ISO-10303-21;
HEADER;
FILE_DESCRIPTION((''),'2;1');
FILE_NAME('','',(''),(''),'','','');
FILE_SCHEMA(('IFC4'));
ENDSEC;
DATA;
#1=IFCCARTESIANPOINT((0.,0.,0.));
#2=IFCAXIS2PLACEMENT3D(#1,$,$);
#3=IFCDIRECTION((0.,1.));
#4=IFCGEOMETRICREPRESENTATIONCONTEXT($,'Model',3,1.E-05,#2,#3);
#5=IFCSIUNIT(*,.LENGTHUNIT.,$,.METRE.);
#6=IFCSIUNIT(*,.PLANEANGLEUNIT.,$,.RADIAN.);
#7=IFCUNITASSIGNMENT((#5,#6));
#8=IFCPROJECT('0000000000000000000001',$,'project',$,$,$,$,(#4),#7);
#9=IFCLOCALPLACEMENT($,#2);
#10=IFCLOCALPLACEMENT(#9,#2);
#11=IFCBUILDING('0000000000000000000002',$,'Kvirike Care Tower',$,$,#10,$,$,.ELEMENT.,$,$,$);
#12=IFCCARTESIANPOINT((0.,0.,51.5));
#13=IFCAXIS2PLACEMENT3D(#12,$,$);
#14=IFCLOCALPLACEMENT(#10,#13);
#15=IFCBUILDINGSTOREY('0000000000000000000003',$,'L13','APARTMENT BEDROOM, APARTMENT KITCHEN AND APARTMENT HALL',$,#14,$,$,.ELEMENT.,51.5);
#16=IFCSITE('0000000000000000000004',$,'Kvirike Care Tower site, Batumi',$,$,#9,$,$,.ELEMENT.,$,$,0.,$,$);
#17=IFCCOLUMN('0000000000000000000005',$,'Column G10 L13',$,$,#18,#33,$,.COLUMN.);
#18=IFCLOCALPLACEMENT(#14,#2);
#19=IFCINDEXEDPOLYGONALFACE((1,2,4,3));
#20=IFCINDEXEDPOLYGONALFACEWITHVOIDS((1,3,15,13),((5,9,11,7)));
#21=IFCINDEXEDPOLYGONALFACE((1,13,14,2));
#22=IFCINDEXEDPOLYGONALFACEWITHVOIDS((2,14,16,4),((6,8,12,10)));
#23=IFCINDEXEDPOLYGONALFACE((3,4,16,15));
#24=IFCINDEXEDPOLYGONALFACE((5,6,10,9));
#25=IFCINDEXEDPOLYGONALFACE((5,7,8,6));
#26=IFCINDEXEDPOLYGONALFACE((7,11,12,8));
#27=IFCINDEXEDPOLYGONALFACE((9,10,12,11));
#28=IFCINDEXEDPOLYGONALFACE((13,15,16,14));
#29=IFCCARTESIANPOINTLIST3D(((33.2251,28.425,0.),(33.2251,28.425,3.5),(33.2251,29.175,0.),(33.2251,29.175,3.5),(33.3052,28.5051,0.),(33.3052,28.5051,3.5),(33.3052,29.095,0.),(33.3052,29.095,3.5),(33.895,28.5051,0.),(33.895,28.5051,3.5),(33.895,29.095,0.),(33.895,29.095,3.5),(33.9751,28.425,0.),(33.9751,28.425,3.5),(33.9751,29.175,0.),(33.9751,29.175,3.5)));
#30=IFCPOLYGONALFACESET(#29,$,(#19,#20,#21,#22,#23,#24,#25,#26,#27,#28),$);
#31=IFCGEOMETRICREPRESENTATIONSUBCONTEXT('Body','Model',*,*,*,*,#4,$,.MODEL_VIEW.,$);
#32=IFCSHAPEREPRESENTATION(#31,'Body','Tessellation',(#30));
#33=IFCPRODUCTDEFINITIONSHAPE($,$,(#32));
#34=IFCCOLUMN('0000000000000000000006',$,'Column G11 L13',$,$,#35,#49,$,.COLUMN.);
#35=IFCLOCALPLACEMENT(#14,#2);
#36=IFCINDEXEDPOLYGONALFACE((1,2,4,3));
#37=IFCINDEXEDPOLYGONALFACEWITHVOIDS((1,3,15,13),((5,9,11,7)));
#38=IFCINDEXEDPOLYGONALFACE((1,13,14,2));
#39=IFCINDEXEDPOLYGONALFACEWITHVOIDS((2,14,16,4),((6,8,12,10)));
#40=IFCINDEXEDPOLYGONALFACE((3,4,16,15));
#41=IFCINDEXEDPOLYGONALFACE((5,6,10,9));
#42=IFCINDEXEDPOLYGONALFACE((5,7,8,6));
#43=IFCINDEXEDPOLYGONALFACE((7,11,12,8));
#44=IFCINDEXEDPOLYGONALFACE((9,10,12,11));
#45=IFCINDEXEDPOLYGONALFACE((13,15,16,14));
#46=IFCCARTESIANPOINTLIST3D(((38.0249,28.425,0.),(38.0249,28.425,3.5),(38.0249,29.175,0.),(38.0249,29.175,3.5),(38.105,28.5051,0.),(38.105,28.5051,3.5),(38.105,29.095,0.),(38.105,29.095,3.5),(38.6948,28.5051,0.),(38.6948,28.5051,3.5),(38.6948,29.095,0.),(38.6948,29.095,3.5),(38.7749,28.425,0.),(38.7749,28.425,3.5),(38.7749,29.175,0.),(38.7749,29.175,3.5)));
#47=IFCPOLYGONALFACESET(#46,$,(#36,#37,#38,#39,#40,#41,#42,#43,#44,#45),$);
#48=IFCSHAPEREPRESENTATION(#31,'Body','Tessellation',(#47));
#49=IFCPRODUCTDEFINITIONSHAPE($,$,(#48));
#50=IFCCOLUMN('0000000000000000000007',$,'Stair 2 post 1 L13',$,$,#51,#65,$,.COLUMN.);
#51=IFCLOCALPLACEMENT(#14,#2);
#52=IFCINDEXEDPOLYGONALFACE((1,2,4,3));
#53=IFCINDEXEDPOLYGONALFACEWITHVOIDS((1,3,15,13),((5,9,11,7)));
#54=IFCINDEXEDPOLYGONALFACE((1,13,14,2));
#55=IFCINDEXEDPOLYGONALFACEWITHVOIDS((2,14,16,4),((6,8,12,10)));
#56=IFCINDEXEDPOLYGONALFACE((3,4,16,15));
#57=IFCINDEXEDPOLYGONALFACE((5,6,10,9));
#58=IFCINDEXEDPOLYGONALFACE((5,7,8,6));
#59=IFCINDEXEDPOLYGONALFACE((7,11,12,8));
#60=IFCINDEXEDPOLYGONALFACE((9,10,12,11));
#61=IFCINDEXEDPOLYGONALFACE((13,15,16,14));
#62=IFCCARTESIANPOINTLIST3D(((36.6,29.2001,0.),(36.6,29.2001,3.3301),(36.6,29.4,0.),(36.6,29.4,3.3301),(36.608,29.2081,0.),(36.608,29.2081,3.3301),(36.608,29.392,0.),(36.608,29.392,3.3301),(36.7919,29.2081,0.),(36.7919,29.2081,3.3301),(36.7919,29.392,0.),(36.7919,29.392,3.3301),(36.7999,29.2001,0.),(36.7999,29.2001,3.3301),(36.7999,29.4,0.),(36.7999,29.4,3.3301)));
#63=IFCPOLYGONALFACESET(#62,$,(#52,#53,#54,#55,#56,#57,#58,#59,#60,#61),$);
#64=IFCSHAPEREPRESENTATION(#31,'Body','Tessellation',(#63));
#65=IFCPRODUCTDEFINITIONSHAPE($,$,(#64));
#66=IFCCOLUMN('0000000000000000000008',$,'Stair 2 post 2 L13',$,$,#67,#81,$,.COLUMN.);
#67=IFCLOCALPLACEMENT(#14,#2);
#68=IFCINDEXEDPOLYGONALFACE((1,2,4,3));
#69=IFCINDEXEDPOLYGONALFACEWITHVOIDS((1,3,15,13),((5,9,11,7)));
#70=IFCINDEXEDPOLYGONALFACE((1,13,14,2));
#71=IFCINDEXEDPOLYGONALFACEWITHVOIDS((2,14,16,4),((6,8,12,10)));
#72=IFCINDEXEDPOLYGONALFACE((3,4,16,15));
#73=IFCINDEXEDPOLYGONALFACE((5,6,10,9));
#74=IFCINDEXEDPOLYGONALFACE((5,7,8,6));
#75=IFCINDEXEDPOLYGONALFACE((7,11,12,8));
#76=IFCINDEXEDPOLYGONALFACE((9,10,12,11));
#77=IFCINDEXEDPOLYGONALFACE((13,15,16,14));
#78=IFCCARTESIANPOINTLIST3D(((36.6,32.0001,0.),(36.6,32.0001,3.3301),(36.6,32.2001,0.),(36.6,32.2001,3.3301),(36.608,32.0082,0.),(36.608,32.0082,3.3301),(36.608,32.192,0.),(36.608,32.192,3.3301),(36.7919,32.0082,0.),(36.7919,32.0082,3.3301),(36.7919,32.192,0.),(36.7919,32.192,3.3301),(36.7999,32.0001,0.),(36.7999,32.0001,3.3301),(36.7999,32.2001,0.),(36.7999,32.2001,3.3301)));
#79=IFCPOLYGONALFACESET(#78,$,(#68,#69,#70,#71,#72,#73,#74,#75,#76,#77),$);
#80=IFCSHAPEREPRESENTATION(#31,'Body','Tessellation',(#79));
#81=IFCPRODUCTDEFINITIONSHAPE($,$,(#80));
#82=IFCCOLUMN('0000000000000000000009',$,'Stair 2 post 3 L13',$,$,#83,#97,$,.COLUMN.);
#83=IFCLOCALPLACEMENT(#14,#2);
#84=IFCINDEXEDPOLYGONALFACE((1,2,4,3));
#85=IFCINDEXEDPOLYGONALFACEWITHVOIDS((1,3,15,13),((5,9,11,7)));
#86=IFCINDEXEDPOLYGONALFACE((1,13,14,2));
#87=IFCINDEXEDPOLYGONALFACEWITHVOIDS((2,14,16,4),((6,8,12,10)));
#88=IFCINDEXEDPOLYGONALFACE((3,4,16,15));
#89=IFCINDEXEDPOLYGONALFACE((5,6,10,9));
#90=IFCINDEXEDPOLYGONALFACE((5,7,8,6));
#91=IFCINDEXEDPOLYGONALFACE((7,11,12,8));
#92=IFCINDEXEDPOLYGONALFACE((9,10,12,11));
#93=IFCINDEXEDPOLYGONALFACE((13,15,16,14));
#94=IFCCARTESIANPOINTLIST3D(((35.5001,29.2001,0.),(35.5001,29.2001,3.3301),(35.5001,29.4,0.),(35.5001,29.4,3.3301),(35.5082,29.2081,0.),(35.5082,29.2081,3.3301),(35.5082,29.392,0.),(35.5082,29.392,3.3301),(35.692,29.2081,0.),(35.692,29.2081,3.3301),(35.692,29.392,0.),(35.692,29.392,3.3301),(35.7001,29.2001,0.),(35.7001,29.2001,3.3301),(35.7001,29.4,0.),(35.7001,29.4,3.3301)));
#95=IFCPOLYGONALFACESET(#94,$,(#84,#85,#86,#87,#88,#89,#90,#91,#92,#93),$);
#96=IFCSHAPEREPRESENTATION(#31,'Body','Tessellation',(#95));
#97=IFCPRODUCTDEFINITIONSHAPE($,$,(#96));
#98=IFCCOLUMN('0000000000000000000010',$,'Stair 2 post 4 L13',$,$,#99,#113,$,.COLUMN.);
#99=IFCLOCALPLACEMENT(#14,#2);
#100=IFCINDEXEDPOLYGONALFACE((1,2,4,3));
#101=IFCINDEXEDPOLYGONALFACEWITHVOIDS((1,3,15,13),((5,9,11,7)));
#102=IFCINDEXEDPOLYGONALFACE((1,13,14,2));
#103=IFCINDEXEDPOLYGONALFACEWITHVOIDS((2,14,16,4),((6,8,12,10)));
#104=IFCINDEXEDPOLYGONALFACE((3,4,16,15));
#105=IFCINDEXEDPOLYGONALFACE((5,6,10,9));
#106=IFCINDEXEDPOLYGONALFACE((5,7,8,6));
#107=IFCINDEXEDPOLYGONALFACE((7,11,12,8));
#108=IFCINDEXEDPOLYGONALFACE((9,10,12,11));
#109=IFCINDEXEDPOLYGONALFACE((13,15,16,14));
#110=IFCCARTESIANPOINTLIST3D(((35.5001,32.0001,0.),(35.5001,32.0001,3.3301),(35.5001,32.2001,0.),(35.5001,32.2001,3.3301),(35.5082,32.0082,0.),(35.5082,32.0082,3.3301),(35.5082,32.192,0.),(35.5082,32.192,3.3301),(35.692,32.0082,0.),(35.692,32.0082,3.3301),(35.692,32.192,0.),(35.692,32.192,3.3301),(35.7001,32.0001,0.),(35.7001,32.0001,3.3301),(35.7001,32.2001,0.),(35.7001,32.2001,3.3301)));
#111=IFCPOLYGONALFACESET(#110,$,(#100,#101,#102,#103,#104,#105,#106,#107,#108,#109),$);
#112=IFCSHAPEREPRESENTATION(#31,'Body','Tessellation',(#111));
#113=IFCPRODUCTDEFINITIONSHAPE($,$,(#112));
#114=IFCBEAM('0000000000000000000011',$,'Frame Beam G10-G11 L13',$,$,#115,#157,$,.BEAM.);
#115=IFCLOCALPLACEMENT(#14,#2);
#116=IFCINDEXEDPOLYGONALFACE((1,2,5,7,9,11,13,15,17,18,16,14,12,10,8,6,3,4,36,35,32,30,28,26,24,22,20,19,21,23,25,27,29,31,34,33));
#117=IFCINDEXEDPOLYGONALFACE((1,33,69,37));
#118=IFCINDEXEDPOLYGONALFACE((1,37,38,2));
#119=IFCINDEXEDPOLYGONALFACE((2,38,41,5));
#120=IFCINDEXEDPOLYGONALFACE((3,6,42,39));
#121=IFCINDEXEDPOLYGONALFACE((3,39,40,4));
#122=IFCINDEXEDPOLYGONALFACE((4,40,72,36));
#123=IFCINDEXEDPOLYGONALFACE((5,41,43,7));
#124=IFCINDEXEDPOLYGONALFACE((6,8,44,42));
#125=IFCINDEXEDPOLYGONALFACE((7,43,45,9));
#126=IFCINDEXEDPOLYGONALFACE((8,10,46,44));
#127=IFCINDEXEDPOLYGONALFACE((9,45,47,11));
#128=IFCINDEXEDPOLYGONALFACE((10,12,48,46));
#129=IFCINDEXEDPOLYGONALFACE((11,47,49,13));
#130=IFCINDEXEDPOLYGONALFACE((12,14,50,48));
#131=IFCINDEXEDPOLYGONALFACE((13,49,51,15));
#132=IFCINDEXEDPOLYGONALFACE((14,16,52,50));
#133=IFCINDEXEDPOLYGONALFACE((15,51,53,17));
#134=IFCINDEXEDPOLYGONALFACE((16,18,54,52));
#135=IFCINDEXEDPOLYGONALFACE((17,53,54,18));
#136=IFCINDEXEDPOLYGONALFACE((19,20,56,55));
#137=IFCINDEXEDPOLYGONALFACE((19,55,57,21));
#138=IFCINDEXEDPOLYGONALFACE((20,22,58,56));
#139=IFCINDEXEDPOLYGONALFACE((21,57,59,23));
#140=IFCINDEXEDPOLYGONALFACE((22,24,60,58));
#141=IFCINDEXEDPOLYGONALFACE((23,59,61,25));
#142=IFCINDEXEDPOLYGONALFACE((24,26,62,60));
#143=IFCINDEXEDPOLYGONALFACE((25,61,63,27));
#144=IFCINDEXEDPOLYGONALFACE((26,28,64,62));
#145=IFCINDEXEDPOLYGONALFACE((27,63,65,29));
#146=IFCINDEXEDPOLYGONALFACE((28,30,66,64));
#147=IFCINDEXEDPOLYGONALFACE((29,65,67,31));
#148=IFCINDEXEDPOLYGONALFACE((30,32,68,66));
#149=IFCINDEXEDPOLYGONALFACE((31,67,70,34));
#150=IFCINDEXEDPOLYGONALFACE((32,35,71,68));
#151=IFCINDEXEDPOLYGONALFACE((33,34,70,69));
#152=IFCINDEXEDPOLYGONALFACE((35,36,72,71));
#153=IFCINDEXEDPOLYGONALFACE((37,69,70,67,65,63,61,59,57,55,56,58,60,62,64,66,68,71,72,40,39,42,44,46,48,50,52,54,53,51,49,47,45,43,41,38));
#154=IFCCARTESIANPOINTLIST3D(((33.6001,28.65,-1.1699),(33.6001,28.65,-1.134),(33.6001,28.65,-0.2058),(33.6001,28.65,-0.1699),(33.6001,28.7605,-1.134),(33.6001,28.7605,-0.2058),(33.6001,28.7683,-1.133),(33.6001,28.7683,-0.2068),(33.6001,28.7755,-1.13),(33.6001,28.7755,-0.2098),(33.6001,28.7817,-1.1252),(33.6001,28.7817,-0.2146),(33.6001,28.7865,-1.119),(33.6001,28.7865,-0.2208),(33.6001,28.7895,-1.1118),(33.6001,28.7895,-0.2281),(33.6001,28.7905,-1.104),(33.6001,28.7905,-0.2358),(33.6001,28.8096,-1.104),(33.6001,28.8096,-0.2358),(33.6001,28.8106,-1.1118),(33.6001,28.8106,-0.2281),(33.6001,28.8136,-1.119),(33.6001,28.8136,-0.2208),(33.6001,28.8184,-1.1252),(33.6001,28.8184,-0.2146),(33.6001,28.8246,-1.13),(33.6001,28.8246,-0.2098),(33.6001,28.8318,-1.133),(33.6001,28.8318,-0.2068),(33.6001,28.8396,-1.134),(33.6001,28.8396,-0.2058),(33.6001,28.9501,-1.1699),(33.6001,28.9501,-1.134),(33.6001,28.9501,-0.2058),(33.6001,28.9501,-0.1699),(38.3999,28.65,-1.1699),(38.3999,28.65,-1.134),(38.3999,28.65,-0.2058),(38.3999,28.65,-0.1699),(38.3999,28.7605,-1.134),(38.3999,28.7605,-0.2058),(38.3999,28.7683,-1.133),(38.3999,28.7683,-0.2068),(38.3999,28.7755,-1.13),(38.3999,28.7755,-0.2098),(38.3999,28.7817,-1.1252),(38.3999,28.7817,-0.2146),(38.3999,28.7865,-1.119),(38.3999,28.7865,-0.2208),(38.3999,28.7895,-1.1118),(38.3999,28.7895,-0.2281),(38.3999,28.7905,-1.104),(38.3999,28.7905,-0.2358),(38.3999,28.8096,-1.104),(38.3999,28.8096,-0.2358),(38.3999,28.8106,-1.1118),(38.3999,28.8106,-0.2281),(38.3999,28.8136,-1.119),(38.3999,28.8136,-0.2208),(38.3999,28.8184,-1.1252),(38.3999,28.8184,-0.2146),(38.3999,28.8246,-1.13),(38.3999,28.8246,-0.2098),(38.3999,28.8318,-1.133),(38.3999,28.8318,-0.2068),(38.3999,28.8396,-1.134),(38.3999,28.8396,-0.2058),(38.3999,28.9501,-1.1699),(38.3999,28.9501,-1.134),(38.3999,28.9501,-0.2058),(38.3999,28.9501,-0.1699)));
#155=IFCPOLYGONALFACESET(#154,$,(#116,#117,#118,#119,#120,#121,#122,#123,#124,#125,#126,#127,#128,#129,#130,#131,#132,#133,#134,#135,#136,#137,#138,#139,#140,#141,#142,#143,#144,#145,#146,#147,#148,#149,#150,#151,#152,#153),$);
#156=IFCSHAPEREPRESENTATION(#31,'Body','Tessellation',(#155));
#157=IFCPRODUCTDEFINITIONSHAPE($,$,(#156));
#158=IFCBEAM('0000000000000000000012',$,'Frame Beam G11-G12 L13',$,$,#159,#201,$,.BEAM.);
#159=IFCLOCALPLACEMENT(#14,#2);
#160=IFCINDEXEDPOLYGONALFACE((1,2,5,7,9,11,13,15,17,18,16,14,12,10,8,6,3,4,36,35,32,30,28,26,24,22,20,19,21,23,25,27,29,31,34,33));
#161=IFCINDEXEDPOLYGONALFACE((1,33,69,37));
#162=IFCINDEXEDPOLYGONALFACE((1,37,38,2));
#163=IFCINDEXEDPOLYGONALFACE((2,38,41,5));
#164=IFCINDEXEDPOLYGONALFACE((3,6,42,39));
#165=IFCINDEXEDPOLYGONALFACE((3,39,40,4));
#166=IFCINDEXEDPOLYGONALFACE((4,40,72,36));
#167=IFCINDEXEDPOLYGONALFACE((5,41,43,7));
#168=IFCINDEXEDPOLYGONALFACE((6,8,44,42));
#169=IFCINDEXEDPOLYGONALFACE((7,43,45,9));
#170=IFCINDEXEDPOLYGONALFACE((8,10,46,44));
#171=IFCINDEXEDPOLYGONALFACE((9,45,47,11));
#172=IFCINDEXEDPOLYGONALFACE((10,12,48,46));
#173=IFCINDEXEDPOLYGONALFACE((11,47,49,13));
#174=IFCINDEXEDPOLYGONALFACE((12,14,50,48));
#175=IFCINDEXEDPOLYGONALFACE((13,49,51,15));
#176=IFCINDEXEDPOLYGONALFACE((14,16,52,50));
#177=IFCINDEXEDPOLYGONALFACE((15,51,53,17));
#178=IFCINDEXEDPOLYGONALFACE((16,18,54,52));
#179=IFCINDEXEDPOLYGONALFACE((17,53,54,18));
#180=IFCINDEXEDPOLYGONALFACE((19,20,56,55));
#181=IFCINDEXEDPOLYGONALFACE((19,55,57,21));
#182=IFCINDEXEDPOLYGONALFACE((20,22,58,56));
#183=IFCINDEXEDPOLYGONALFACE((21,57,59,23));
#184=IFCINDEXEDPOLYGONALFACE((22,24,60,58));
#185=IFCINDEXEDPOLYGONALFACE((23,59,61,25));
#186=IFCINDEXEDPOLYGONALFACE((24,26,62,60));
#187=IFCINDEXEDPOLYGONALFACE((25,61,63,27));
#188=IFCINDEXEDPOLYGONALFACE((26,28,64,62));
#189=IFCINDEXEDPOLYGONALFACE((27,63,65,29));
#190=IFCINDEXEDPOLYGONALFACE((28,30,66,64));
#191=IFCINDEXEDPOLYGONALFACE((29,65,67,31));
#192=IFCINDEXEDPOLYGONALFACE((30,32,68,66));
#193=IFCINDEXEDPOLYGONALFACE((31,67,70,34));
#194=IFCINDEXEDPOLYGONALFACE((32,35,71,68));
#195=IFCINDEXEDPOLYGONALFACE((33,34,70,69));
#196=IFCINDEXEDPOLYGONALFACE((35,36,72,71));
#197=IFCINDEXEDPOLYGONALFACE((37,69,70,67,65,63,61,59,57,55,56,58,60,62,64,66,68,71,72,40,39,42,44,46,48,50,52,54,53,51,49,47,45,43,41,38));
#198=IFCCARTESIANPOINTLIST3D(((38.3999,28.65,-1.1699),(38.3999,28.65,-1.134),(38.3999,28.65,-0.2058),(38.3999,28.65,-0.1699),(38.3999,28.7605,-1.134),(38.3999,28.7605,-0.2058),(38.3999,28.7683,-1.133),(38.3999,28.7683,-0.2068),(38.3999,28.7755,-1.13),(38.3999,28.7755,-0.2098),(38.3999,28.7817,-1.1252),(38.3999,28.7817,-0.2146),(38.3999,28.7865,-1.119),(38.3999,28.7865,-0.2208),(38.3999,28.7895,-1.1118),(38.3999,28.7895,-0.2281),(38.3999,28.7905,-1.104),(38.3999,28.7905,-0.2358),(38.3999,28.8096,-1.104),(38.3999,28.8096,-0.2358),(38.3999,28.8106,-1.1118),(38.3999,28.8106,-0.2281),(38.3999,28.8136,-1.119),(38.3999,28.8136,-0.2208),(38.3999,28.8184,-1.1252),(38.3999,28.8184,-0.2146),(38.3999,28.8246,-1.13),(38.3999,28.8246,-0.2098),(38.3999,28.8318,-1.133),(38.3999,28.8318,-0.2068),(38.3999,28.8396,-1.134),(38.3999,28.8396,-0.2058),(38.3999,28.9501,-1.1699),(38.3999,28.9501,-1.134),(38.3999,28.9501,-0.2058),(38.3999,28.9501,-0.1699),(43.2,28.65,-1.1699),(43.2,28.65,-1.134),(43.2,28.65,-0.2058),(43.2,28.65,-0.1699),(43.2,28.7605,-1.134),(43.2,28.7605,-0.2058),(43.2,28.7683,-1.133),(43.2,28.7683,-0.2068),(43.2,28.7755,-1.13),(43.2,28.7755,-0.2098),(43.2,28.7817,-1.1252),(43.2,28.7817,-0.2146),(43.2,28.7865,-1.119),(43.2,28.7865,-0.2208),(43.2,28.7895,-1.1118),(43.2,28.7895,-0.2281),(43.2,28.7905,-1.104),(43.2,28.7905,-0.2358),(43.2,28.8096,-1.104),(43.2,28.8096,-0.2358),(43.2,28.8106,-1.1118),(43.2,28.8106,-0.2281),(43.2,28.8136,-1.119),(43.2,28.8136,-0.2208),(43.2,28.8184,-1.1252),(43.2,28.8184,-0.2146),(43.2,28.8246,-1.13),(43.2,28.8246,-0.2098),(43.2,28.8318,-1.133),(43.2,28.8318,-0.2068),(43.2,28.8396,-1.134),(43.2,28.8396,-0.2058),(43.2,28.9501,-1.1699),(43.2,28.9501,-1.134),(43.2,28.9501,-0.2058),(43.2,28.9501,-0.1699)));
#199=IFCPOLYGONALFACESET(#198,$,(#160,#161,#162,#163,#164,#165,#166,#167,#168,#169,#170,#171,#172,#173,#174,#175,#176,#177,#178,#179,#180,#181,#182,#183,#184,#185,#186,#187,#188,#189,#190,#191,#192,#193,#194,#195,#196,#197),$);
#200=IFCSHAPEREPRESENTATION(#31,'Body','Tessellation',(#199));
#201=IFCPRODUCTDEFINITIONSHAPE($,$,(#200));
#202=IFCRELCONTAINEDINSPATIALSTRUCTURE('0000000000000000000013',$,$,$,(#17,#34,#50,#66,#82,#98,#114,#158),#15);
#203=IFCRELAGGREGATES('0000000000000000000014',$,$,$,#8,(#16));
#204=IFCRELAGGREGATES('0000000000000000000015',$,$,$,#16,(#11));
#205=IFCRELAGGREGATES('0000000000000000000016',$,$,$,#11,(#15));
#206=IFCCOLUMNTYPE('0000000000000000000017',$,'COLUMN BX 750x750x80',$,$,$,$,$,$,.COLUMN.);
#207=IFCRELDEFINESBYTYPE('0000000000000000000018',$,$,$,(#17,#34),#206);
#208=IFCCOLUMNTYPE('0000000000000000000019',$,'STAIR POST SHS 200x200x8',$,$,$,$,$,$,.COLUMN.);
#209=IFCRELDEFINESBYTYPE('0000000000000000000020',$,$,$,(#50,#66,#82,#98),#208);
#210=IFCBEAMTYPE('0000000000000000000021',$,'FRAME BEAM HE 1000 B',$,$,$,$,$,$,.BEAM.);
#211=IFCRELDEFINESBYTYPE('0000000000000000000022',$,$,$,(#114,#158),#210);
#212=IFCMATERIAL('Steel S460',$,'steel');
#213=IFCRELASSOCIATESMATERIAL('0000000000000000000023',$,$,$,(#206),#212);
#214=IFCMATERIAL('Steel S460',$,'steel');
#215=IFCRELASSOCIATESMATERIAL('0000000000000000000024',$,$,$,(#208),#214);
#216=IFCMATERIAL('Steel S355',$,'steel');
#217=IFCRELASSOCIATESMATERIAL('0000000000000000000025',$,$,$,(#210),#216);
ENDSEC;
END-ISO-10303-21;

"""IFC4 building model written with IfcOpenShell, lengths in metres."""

from ifc_helpers import new_model, si_unit, direction, frame, origin, origin_2d, place, context, subcontext, project, spatial, hollow_rectangle, i_section, extrude, material, material_profile, profile_set, type_object, element, save


model = new_model("IFC4")

# Units and contexts
model_context = context("Model", 3, precision=1e-05, world=origin(), true_north=direction((0.0, 1.0)))
body_context = subcontext(model_context, "Body", "Model", "MODEL_VIEW")
ifc_project = project(units=[si_unit("LENGTHUNIT", "METRE"), si_unit("PLANEANGLEUNIT", "RADIAN")], contexts=[model_context])

# Site, building, storey
site_placement = place(None, origin())
site = spatial("IfcSite", under=ifc_project, at=site_placement, Name="Kvirike Care Tower site, Batumi", CompositionType="ELEMENT", RefElevation=0.0)
building_placement = place(site_placement, origin())
building = spatial("IfcBuilding", under=site, at=building_placement, Name="Kvirike Care Tower", CompositionType="ELEMENT")
storey_placement = place(building_placement, frame((0.0, 0.0, 51.5)))
storey = spatial("IfcBuildingStorey", under=building, at=storey_placement, Name="L13", Description="APARTMENT BEDROOM, APARTMENT KITCHEN AND APARTMENT HALL", CompositionType="ELEMENT", Elevation=51.5)

# Columns
ifc_material_1 = material(Name="Steel S460", Category="steel")
ifc_material_profile_1 = material_profile(ifc_material_1, hollow_rectangle(XDim=0.75, YDim=0.75, WallThickness=0.0801, at=origin_2d()), Name="BX 750x750x80")
ifc_profile_set_1 = profile_set([ifc_material_profile_1], Name="Steel S460")
column_type_1 = type_object("IfcColumnType", Name="COLUMN BX 750x750x80", PredefinedType="COLUMN", material=ifc_profile_set_1)
for number, where, z_axis, x_axis, name in (
    (1, (33.6001, 28.8, 0.0), (0.0, 0.0, 1.0), (0.0, 1.0, 0.0), "Column G10 L13"),
    (2, (38.3999, 28.8, 0.0), (0.0, 0.0, 1.0), (0.0, 1.0, 0.0), "Column G11 L13"),
):
    element("IfcColumn", number, at=place(storey_placement, frame(where, z_axis=z_axis, x_axis=x_axis)), inside=storey, type_object=column_type_1, Name=name, PredefinedType="COLUMN", context=body_context, shape_type="SweptSolid", body=[
        extrude(hollow_rectangle(XDim=0.75, YDim=0.75, WallThickness=0.0801, at=origin_2d()), origin(), (0.0, 0.0, 1.0), 3.5),
    ])
ifc_material_2 = material(Name="Steel S460", Category="steel")
ifc_material_profile_2 = material_profile(ifc_material_2, hollow_rectangle(XDim=0.2, YDim=0.2, WallThickness=0.0081, at=origin_2d()), Name="SHS 200x200x8")
ifc_profile_set_2 = profile_set([ifc_material_profile_2], Name="Steel S460")
column_type_2 = type_object("IfcColumnType", Name="STAIR POST SHS 200x200x8", PredefinedType="COLUMN", material=ifc_profile_set_2)
for number, where, z_axis, x_axis, name in (
    (3, (36.7, 29.3, 0.0), (0.0, 0.0, 1.0), (1.0, 0.0, 0.0), "Stair 2 post 1 L13"),
    (4, (36.7, 32.1001, 0.0), (0.0, 0.0, 1.0), (1.0, 0.0, 0.0), "Stair 2 post 2 L13"),
    (5, (35.6001, 29.3, 0.0), (0.0, 0.0, 1.0), (1.0, 0.0, 0.0), "Stair 2 post 3 L13"),
    (6, (35.6001, 32.1001, 0.0), (0.0, 0.0, 1.0), (1.0, 0.0, 0.0), "Stair 2 post 4 L13"),
):
    element("IfcColumn", number, at=place(storey_placement, frame(where, z_axis=z_axis, x_axis=x_axis)), inside=storey, type_object=column_type_2, Name=name, PredefinedType="COLUMN", context=body_context, shape_type="SweptSolid", body=[
        extrude(hollow_rectangle(XDim=0.2, YDim=0.2, WallThickness=0.0081, at=origin_2d()), origin(), (0.0, 0.0, 1.0), 3.3301),
    ])

# Beams
ifc_material_3 = material(Name="Steel S355", Category="steel")
ifc_material_profile_3 = material_profile(ifc_material_3, i_section(OverallWidth=0.3, OverallDepth=1.0, WebThickness=0.019, FlangeThickness=0.0359, FilletRadius=0.03, at=origin_2d()), Name="HE 1000 B")
ifc_profile_set_3 = profile_set([ifc_material_profile_3], Name="Steel S355")
beam_type_1 = type_object("IfcBeamType", Name="FRAME BEAM HE 1000 B", PredefinedType="BEAM", material=ifc_profile_set_3)
beam_1_placement = place(storey_placement, frame((33.6001, 28.8, -0.6699), z_axis=(1.0, 0.0, 0.0), x_axis=(0.0, 1.0, 0.0)))
element("IfcBeam", 7, at=beam_1_placement, inside=storey, type_object=beam_type_1, Name="Frame Beam G10-G11 L13", PredefinedType="BEAM", context=body_context, shape_type="SweptSolid", body=[
    extrude(i_section(OverallWidth=0.3, OverallDepth=1.0, WebThickness=0.019, FlangeThickness=0.0359, FilletRadius=0.03, at=origin_2d()), origin(), (0.0, 0.0, 1.0), 4.7998),
])
beam_2_placement = place(storey_placement, frame((38.3999, 28.8, -0.6699), z_axis=(1.0, 0.0, 0.0), x_axis=(0.0, 1.0, 0.0)))
element("IfcBeam", 8, at=beam_2_placement, inside=storey, type_object=beam_type_1, Name="Frame Beam G11-G12 L13", PredefinedType="BEAM", context=body_context, shape_type="SweptSolid", body=[
    extrude(i_section(OverallWidth=0.3, OverallDepth=1.0, WebThickness=0.019, FlangeThickness=0.0359, FilletRadius=0.03, at=origin_2d()), origin(), (0.0, 0.0, 1.0), 4.8),
])

save(model, "model.ifc")
